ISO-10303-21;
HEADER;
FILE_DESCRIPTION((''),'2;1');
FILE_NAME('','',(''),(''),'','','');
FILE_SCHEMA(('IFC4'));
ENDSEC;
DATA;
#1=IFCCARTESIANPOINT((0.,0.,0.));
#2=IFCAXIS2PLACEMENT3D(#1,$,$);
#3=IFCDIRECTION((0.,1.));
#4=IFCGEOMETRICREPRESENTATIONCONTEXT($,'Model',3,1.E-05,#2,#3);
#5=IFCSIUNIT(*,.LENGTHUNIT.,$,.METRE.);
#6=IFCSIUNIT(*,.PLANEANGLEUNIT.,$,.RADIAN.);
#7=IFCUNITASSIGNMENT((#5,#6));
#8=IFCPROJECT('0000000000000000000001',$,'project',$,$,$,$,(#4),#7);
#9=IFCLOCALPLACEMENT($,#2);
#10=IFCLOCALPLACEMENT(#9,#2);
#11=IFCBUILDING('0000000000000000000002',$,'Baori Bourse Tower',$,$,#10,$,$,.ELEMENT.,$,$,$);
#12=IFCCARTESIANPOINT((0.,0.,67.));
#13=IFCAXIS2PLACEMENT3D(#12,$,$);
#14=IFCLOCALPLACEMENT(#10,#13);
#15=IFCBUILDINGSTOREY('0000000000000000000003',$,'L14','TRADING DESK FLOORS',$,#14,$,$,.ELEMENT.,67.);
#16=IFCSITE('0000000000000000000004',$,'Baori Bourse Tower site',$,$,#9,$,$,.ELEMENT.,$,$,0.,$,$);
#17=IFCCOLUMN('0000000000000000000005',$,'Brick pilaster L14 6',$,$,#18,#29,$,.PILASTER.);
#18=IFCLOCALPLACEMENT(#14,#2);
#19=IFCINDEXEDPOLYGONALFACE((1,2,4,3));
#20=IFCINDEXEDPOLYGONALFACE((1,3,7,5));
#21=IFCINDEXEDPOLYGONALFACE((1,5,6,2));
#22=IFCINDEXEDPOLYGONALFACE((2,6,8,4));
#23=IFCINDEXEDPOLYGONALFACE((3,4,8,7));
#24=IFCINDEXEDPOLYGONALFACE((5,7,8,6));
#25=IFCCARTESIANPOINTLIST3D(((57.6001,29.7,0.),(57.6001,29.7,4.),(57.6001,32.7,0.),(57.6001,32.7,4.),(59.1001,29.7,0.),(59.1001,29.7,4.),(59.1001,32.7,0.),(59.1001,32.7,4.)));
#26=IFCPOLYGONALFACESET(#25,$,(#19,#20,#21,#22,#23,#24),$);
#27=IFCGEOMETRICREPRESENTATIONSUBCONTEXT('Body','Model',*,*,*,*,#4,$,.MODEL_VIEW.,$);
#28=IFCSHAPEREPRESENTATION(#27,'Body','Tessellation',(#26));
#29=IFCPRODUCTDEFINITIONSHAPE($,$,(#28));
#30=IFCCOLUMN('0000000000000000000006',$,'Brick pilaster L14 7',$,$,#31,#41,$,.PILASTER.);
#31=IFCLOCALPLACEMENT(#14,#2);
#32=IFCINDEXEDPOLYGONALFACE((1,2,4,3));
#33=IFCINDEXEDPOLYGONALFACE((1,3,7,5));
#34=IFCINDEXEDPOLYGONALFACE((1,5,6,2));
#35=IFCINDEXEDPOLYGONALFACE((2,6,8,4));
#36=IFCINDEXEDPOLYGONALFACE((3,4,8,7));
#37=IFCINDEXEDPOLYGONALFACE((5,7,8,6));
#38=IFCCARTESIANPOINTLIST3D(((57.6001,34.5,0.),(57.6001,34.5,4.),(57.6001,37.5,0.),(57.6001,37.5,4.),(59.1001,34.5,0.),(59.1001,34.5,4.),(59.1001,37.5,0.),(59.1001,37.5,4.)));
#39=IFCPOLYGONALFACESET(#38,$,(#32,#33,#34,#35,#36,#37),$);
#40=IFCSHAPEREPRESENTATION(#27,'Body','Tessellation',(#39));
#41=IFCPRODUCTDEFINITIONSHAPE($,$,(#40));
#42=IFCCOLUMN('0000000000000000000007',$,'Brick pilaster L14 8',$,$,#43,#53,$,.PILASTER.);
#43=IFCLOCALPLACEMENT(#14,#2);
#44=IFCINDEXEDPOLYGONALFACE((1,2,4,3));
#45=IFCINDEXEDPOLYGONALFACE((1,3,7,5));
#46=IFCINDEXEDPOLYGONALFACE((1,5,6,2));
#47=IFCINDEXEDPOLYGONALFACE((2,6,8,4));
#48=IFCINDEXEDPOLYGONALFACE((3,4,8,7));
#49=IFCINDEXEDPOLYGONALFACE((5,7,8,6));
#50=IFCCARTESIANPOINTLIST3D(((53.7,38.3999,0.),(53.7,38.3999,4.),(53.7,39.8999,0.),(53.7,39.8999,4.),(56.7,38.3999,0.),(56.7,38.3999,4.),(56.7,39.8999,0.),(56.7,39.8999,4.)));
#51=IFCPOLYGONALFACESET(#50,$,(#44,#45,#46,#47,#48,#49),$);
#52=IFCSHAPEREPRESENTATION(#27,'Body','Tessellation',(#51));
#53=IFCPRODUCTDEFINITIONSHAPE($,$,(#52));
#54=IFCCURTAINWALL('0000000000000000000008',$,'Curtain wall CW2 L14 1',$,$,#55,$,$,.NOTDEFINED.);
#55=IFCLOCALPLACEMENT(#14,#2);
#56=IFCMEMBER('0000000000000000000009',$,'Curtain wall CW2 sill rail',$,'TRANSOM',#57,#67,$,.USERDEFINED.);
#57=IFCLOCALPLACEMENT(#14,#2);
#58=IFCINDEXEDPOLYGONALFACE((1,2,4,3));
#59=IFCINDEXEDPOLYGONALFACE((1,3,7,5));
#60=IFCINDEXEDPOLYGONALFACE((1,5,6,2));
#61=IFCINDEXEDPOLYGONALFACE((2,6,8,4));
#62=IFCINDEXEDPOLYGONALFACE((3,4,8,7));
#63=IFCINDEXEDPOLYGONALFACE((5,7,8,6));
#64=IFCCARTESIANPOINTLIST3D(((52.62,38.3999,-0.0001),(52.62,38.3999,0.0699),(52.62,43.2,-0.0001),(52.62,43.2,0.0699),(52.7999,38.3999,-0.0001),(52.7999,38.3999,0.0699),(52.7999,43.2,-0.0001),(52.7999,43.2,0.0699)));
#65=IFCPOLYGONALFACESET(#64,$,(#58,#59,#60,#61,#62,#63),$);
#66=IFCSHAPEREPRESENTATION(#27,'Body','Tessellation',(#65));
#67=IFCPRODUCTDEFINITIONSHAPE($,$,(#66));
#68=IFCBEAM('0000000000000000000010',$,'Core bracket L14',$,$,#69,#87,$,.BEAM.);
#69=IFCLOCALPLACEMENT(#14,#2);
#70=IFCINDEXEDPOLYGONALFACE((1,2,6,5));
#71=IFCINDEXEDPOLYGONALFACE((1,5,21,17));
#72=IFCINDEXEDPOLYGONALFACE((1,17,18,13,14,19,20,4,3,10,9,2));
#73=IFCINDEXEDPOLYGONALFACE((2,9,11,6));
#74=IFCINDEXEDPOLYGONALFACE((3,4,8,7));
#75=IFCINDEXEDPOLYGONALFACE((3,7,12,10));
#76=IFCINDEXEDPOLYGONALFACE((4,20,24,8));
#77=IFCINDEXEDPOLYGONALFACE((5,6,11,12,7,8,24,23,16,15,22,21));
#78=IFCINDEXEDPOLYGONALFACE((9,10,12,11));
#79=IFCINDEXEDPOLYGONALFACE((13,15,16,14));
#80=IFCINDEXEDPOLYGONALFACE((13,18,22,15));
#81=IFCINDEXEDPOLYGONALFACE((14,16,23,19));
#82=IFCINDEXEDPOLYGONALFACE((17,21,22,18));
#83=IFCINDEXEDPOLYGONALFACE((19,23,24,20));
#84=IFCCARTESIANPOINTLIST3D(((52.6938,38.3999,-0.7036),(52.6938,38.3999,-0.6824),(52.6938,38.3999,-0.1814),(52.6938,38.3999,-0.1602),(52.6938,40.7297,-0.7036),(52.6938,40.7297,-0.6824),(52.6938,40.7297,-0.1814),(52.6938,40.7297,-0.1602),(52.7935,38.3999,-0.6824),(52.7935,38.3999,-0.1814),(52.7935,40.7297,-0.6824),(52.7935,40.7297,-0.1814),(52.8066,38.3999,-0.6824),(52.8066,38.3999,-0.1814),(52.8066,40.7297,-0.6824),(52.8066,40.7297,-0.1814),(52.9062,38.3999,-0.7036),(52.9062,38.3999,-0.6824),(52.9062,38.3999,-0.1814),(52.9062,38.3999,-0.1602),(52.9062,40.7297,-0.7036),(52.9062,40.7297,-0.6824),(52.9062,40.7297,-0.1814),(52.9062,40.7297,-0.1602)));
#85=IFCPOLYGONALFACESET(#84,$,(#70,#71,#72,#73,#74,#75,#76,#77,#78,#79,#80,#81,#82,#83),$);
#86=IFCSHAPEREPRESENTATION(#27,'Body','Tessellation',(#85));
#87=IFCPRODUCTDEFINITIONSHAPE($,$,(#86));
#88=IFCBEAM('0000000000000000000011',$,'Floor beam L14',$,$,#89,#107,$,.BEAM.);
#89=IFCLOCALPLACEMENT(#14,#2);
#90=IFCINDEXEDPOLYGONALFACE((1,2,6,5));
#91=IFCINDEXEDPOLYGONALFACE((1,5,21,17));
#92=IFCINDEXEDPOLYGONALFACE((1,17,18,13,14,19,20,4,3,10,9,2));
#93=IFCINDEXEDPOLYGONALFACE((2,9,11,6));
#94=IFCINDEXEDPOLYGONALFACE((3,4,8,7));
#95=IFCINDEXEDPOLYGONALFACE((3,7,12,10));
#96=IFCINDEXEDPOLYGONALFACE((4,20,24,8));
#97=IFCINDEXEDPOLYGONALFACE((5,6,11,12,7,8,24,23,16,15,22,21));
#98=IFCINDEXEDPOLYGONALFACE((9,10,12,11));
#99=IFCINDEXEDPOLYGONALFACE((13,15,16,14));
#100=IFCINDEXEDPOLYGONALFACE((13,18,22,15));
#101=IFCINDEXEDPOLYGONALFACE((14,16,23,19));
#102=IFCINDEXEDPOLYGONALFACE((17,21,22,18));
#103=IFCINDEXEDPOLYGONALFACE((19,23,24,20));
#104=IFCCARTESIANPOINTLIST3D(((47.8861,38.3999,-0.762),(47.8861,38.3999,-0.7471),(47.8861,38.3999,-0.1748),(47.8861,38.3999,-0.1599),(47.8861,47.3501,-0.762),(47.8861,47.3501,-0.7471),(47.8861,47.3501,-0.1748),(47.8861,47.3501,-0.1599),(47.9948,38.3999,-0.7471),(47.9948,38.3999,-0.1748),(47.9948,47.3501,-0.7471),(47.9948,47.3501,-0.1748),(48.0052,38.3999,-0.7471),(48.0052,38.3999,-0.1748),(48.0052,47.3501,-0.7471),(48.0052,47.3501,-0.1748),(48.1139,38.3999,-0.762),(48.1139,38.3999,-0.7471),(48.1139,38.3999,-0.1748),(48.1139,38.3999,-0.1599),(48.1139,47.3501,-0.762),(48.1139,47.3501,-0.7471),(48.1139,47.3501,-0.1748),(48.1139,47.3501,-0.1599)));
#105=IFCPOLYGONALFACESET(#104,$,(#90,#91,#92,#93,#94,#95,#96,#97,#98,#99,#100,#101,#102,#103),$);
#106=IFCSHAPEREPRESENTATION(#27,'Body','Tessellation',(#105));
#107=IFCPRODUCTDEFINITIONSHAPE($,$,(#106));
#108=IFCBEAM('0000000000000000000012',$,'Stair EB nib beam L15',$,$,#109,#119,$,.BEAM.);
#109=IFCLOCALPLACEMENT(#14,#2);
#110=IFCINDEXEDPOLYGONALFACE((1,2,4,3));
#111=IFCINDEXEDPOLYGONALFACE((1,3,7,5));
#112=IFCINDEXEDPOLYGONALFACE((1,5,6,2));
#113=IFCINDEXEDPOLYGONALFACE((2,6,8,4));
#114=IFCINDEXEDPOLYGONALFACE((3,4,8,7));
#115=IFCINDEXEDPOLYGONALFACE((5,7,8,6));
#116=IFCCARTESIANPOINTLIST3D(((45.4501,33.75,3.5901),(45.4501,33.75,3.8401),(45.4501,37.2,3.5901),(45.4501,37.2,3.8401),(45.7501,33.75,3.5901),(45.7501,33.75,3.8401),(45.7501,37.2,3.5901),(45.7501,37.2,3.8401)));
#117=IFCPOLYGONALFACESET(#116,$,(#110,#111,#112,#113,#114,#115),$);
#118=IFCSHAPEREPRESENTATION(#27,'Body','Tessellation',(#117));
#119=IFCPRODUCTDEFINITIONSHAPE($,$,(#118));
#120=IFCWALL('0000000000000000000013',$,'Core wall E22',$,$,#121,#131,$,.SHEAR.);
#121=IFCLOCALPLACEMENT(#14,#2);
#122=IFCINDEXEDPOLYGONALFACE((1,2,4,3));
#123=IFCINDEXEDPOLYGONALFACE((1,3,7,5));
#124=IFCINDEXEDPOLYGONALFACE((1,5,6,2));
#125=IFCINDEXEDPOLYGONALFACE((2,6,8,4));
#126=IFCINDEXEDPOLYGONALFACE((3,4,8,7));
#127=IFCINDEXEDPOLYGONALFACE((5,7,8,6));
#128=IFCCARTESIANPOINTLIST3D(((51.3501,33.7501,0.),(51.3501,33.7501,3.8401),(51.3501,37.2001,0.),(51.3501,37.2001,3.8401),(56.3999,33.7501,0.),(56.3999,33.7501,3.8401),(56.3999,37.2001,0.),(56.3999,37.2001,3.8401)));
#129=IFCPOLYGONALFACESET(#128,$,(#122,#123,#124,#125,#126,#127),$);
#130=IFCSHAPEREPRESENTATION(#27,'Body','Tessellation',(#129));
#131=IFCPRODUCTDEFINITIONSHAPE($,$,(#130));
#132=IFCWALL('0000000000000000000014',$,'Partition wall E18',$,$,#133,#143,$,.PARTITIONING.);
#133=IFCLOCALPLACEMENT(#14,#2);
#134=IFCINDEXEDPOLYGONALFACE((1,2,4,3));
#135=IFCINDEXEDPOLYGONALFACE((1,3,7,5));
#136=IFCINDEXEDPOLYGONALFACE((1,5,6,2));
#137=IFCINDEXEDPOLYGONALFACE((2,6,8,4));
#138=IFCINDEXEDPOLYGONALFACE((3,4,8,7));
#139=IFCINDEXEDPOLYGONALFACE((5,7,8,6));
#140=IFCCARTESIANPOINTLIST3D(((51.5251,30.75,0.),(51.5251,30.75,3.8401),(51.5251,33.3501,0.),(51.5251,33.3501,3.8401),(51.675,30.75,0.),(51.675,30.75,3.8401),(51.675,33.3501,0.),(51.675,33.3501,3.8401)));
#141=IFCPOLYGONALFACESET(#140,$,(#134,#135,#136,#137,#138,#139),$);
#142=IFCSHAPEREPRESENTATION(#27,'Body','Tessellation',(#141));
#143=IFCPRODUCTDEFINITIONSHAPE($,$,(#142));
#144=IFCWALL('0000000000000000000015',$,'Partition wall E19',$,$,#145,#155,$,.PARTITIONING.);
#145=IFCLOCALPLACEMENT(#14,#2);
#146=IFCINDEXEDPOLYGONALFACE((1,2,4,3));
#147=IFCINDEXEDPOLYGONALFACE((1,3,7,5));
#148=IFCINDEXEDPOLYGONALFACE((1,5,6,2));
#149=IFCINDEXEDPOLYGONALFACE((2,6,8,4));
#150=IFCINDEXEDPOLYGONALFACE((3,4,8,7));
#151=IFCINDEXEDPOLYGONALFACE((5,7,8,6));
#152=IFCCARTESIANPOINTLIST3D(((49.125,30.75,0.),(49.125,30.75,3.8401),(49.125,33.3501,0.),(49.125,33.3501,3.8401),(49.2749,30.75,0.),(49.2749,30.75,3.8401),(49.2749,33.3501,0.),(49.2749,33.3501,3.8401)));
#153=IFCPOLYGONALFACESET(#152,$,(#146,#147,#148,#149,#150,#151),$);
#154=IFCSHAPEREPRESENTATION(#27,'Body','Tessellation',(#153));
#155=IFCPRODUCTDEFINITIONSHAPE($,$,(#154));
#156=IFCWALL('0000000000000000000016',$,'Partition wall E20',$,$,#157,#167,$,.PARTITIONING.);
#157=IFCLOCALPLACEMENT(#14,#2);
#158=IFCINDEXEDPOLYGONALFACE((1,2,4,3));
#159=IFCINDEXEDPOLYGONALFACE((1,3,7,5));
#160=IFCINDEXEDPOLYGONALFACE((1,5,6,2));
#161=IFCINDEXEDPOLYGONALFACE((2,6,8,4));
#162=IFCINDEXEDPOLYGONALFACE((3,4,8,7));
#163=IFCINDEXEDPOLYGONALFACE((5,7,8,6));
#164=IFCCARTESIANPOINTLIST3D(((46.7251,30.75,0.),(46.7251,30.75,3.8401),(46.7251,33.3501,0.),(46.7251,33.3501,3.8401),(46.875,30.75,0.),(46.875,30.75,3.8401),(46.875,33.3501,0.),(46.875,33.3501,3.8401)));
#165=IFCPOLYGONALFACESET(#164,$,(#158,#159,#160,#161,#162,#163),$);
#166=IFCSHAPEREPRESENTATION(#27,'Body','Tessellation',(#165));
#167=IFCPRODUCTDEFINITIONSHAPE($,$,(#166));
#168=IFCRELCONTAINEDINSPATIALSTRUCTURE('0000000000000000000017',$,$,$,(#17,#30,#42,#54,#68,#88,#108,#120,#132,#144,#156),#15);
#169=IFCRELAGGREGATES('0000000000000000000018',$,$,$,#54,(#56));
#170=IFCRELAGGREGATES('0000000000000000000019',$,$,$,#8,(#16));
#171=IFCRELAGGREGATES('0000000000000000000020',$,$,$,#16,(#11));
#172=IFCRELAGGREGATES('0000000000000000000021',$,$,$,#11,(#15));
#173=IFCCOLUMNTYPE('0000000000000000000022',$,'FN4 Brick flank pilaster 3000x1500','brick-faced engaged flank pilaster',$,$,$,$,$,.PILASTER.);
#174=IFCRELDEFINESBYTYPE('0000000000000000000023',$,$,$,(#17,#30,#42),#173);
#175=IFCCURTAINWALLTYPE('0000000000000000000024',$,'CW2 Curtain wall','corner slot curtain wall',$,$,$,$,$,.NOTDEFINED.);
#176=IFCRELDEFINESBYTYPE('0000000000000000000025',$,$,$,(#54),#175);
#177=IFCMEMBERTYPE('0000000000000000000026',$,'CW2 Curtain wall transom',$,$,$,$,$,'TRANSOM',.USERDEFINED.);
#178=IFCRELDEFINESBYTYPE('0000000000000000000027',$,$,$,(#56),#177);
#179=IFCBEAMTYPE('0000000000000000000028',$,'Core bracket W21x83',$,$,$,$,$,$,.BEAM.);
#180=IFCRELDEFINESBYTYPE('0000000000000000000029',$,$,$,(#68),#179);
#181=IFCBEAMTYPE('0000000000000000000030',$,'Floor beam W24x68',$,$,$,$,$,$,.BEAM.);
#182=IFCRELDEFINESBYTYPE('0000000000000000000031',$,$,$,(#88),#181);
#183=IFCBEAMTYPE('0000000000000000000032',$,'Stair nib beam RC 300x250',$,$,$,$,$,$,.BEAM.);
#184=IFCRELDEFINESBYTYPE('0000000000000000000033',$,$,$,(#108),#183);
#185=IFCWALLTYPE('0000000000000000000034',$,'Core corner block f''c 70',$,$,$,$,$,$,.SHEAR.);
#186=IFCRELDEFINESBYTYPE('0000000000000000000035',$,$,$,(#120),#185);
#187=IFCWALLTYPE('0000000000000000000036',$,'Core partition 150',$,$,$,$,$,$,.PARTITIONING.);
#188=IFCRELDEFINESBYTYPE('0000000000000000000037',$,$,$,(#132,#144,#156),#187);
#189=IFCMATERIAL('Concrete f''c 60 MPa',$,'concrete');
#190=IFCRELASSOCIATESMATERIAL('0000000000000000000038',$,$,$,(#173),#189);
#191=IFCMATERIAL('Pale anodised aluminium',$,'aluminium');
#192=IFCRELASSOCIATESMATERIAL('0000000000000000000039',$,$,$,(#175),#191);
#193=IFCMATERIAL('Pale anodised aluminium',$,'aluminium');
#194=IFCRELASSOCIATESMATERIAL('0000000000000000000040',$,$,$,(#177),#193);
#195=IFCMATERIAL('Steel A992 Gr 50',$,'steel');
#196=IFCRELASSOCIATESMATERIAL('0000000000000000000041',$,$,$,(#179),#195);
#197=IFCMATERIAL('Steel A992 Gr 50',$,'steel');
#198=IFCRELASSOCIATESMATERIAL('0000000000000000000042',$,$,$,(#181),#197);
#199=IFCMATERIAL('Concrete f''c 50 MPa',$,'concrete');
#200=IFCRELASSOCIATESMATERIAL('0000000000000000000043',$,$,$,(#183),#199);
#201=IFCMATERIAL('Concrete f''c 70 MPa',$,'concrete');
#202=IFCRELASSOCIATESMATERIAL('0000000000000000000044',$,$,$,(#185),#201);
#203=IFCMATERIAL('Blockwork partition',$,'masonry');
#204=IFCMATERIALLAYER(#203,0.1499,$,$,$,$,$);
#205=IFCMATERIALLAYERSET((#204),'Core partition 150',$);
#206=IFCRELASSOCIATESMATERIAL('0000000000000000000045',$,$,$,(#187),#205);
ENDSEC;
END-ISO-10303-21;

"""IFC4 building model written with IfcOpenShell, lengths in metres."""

from ifc_helpers import new_model, si_unit, direction, frame, frame_2d, origin, origin_2d, place, context, subcontext, project, spatial, rectangle, i_section, extrude, material, layer, layer_set, material_profile, profile_set, type_object, element, aggregate, save


model = new_model("IFC4")

# Units and contexts
model_context = context("Model", 3, precision=1e-05, world=origin(), true_north=direction((0.0, 1.0)))
body_context = subcontext(model_context, "Body", "Model", "MODEL_VIEW")
ifc_project = project(units=[si_unit("LENGTHUNIT", "METRE"), si_unit("PLANEANGLEUNIT", "RADIAN")], contexts=[model_context])

# Site, building, storey
site_placement = place(None, origin())
site = spatial("IfcSite", under=ifc_project, at=site_placement, Name="Baori Bourse Tower site", CompositionType="ELEMENT", RefElevation=0.0)
building_placement = place(site_placement, origin())
building = spatial("IfcBuilding", under=site, at=building_placement, Name="Baori Bourse Tower", CompositionType="ELEMENT")
storey_placement = place(building_placement, frame((0.0, 0.0, 67.0)))
storey = spatial("IfcBuildingStorey", under=building, at=storey_placement, Name="L14", Description="TRADING DESK FLOORS", CompositionType="ELEMENT", Elevation=67.0)

# Columns
ifc_material_1 = material(Name="Concrete f'c 60 MPa", Category="concrete")
ifc_material_profile_1 = material_profile(ifc_material_1, rectangle(XDim=3.0, YDim=1.5, at=origin_2d()), Name="RC 3000x1500")
ifc_profile_set_1 = profile_set([ifc_material_profile_1], Name="Concrete f'c 60 MPa")
column_type = type_object("IfcColumnType", Name="FN4 Brick flank pilaster 3000x1500", Description="brick-faced engaged flank pilaster", PredefinedType="PILASTER", material=ifc_profile_set_1)
for number, where, z_axis, x_axis, name in (
    (1, (58.3501, 31.2, 0.0), (0.0, 0.0, 1.0), (0.0, 1.0, 0.0), "Brick pilaster L14 6"),
    (2, (58.3501, 36.0, 0.0), (0.0, 0.0, 1.0), (0.0, 1.0, 0.0), "Brick pilaster L14 7"),
    (3, (55.2, 39.1499, 0.0), (0.0, 0.0, 1.0), (1.0, 0.0, 0.0), "Brick pilaster L14 8"),
):
    element("IfcColumn", number, at=place(storey_placement, frame(where, z_axis=z_axis, x_axis=x_axis)), inside=storey, type_object=column_type, Name=name, PredefinedType="PILASTER", context=body_context, shape_type="SweptSolid", body=[
        extrude(rectangle(XDim=3.0, YDim=1.5, at=origin_2d()), origin(), (0.0, 0.0, 1.0), 4.0),
    ])

# Curtain wall, member
ifc_material_2 = material(Name="Pale anodised aluminium", Category="aluminium")
curtain_wall_type = type_object("IfcCurtainWallType", Name="CW2 Curtain wall", Description="corner slot curtain wall", PredefinedType="NOTDEFINED", material=ifc_material_2)
curtain_wall_placement = place(storey_placement, origin())
curtain_wall = element("IfcCurtainWall", 4, at=curtain_wall_placement, inside=storey, type_object=curtain_wall_type, Name="Curtain wall CW2 L14 1", PredefinedType="NOTDEFINED")
ifc_material_3 = material(Name="Pale anodised aluminium", Category="aluminium")
ifc_material_profile_2 = material_profile(ifc_material_3, rectangle(XDim=0.1799, YDim=0.0701, at=origin_2d()), Name="Transom 70x180")
ifc_profile_set_2 = profile_set([ifc_material_profile_2], Name="Pale anodised aluminium")
member_type = type_object("IfcMemberType", Name="CW2 Curtain wall transom", ElementType="TRANSOM", PredefinedType="USERDEFINED", material=ifc_profile_set_2)
member_placement = place(storey_placement, frame((52.71, 38.3999, 0.0349), z_axis=(0.0, 1.0, 0.0), x_axis=(-1.0, 0.0, 0.0)))
member = element("IfcMember", 5, at=member_placement, type_object=member_type, Name="Curtain wall CW2 sill rail", ObjectType="TRANSOM", PredefinedType="USERDEFINED", context=body_context, shape_type="SweptSolid", body=[
    extrude(rectangle(XDim=0.1799, YDim=0.0701, at=origin_2d()), origin(), (0.0, 0.0, 1.0), 4.8),
])
aggregate(curtain_wall, [member])

# Beams
ifc_material_4 = material(Name="Steel A992 Gr 50", Category="steel")
ifc_material_profile_3 = material_profile(ifc_material_4, i_section(OverallWidth=0.2124, OverallDepth=0.5435, WebThickness=0.0132, FlangeThickness=0.0212, at=origin_2d()), Name="W21x83")
ifc_profile_set_3 = profile_set([ifc_material_profile_3], Name="Steel A992 Gr 50")
beam_type_1 = type_object("IfcBeamType", Name="Core bracket W21x83", PredefinedType="BEAM", material=ifc_profile_set_3)
beam_1_placement = place(storey_placement, frame((52.8, 38.3999, -0.4319), z_axis=(0.0, 1.0, 0.0), x_axis=(-1.0, 0.0, 0.0)))
element("IfcBeam", 6, at=beam_1_placement, inside=storey, type_object=beam_type_1, Name="Core bracket L14", PredefinedType="BEAM", context=body_context, shape_type="SweptSolid", body=[
    extrude(i_section(OverallWidth=0.2124, OverallDepth=0.5435, WebThickness=0.0132, FlangeThickness=0.0212, at=origin_2d()), origin(), (0.0, 0.0, 1.0), 2.3298),
])
ifc_material_5 = material(Name="Steel A992 Gr 50", Category="steel")
ifc_material_profile_4 = material_profile(ifc_material_5, i_section(OverallWidth=0.2278, OverallDepth=0.6021, WebThickness=0.0105, FlangeThickness=0.0149, at=origin_2d()), Name="W24x68")
ifc_profile_set_4 = profile_set([ifc_material_profile_4], Name="Steel A992 Gr 50")
beam_type_2 = type_object("IfcBeamType", Name="Floor beam W24x68", PredefinedType="BEAM", material=ifc_profile_set_4)
beam_2_placement = place(storey_placement, frame((48.0, 38.3999, -0.4609), z_axis=(0.0, 1.0, 0.0), x_axis=(-1.0, 0.0, 0.0)))
element("IfcBeam", 7, at=beam_2_placement, inside=storey, type_object=beam_type_2, Name="Floor beam L14", PredefinedType="BEAM", context=body_context, shape_type="SweptSolid", body=[
    extrude(i_section(OverallWidth=0.2278, OverallDepth=0.6021, WebThickness=0.0105, FlangeThickness=0.0149, at=origin_2d()), origin(), (0.0, 0.0, 1.0), 8.9502),
])
ifc_material_6 = material(Name="Concrete f'c 50 MPa", Category="concrete")
ifc_material_profile_5 = material_profile(ifc_material_6, rectangle(XDim=0.3, YDim=0.25, at=origin_2d()), Name="RC 300x250")
ifc_profile_set_5 = profile_set([ifc_material_profile_5], Name="Concrete f'c 50 MPa")
beam_type_3 = type_object("IfcBeamType", Name="Stair nib beam RC 300x250", PredefinedType="BEAM", material=ifc_profile_set_5)
beam_3_placement = place(storey_placement, frame((45.6001, 33.75, 3.7151), z_axis=(0.0, 1.0, 0.0), x_axis=(-1.0, 0.0, 0.0)))
element("IfcBeam", 8, at=beam_3_placement, inside=storey, type_object=beam_type_3, Name="Stair EB nib beam L15", PredefinedType="BEAM", context=body_context, shape_type="SweptSolid", body=[
    extrude(rectangle(XDim=0.3, YDim=0.25, at=origin_2d()), origin(), (0.0, 0.0, 1.0), 3.45),
])

# Walls
ifc_material_7 = material(Name="Concrete f'c 70 MPa", Category="concrete")
wall_type_1 = type_object("IfcWallType", Name="Core corner block f'c 70", PredefinedType="SHEAR", material=ifc_material_7)
wall_1_placement = place(storey_placement, frame((51.3501, 35.4751, 0.0), z_axis=(0.0, 0.0, 1.0), x_axis=(1.0, 0.0, 0.0)))
element("IfcWall", 9, at=wall_1_placement, inside=storey, type_object=wall_type_1, Name="Core wall E22", PredefinedType="SHEAR", context=body_context, shape_type="SweptSolid", body=[
    extrude(rectangle(XDim=5.0498, YDim=3.45, at=frame_2d((2.5249, 0.0))), origin(), (0.0, 0.0, 1.0), 3.8401),
])
ifc_material_8 = material(Name="Blockwork partition", Category="masonry")
ifc_layer_1 = layer(ifc_material_8, 0.1499)
ifc_layer_set_1 = layer_set([ifc_layer_1], Name="Core partition 150")
wall_type_2 = type_object("IfcWallType", Name="Core partition 150", PredefinedType="PARTITIONING", material=ifc_layer_set_1)
for number, where, z_axis, x_axis, name in (
    (10, (51.6001, 30.75, 0.0), (0.0, 0.0, 1.0), (0.0, 1.0, 0.0), "Partition wall E18"),
    (11, (49.2, 30.75, 0.0), (0.0, 0.0, 1.0), (0.0, 1.0, 0.0), "Partition wall E19"),
    (12, (46.8, 30.75, 0.0), (0.0, 0.0, 1.0), (0.0, 1.0, 0.0), "Partition wall E20"),
):
    element("IfcWall", number, at=place(storey_placement, frame(where, z_axis=z_axis, x_axis=x_axis)), inside=storey, type_object=wall_type_2, Name=name, PredefinedType="PARTITIONING", context=body_context, shape_type="SweptSolid", body=[
        extrude(rectangle(XDim=2.6001, YDim=0.1499, at=frame_2d((1.3, 0.0))), origin(), (0.0, 0.0, 1.0), 3.8401),
    ])

save(model, "model.ifc")
